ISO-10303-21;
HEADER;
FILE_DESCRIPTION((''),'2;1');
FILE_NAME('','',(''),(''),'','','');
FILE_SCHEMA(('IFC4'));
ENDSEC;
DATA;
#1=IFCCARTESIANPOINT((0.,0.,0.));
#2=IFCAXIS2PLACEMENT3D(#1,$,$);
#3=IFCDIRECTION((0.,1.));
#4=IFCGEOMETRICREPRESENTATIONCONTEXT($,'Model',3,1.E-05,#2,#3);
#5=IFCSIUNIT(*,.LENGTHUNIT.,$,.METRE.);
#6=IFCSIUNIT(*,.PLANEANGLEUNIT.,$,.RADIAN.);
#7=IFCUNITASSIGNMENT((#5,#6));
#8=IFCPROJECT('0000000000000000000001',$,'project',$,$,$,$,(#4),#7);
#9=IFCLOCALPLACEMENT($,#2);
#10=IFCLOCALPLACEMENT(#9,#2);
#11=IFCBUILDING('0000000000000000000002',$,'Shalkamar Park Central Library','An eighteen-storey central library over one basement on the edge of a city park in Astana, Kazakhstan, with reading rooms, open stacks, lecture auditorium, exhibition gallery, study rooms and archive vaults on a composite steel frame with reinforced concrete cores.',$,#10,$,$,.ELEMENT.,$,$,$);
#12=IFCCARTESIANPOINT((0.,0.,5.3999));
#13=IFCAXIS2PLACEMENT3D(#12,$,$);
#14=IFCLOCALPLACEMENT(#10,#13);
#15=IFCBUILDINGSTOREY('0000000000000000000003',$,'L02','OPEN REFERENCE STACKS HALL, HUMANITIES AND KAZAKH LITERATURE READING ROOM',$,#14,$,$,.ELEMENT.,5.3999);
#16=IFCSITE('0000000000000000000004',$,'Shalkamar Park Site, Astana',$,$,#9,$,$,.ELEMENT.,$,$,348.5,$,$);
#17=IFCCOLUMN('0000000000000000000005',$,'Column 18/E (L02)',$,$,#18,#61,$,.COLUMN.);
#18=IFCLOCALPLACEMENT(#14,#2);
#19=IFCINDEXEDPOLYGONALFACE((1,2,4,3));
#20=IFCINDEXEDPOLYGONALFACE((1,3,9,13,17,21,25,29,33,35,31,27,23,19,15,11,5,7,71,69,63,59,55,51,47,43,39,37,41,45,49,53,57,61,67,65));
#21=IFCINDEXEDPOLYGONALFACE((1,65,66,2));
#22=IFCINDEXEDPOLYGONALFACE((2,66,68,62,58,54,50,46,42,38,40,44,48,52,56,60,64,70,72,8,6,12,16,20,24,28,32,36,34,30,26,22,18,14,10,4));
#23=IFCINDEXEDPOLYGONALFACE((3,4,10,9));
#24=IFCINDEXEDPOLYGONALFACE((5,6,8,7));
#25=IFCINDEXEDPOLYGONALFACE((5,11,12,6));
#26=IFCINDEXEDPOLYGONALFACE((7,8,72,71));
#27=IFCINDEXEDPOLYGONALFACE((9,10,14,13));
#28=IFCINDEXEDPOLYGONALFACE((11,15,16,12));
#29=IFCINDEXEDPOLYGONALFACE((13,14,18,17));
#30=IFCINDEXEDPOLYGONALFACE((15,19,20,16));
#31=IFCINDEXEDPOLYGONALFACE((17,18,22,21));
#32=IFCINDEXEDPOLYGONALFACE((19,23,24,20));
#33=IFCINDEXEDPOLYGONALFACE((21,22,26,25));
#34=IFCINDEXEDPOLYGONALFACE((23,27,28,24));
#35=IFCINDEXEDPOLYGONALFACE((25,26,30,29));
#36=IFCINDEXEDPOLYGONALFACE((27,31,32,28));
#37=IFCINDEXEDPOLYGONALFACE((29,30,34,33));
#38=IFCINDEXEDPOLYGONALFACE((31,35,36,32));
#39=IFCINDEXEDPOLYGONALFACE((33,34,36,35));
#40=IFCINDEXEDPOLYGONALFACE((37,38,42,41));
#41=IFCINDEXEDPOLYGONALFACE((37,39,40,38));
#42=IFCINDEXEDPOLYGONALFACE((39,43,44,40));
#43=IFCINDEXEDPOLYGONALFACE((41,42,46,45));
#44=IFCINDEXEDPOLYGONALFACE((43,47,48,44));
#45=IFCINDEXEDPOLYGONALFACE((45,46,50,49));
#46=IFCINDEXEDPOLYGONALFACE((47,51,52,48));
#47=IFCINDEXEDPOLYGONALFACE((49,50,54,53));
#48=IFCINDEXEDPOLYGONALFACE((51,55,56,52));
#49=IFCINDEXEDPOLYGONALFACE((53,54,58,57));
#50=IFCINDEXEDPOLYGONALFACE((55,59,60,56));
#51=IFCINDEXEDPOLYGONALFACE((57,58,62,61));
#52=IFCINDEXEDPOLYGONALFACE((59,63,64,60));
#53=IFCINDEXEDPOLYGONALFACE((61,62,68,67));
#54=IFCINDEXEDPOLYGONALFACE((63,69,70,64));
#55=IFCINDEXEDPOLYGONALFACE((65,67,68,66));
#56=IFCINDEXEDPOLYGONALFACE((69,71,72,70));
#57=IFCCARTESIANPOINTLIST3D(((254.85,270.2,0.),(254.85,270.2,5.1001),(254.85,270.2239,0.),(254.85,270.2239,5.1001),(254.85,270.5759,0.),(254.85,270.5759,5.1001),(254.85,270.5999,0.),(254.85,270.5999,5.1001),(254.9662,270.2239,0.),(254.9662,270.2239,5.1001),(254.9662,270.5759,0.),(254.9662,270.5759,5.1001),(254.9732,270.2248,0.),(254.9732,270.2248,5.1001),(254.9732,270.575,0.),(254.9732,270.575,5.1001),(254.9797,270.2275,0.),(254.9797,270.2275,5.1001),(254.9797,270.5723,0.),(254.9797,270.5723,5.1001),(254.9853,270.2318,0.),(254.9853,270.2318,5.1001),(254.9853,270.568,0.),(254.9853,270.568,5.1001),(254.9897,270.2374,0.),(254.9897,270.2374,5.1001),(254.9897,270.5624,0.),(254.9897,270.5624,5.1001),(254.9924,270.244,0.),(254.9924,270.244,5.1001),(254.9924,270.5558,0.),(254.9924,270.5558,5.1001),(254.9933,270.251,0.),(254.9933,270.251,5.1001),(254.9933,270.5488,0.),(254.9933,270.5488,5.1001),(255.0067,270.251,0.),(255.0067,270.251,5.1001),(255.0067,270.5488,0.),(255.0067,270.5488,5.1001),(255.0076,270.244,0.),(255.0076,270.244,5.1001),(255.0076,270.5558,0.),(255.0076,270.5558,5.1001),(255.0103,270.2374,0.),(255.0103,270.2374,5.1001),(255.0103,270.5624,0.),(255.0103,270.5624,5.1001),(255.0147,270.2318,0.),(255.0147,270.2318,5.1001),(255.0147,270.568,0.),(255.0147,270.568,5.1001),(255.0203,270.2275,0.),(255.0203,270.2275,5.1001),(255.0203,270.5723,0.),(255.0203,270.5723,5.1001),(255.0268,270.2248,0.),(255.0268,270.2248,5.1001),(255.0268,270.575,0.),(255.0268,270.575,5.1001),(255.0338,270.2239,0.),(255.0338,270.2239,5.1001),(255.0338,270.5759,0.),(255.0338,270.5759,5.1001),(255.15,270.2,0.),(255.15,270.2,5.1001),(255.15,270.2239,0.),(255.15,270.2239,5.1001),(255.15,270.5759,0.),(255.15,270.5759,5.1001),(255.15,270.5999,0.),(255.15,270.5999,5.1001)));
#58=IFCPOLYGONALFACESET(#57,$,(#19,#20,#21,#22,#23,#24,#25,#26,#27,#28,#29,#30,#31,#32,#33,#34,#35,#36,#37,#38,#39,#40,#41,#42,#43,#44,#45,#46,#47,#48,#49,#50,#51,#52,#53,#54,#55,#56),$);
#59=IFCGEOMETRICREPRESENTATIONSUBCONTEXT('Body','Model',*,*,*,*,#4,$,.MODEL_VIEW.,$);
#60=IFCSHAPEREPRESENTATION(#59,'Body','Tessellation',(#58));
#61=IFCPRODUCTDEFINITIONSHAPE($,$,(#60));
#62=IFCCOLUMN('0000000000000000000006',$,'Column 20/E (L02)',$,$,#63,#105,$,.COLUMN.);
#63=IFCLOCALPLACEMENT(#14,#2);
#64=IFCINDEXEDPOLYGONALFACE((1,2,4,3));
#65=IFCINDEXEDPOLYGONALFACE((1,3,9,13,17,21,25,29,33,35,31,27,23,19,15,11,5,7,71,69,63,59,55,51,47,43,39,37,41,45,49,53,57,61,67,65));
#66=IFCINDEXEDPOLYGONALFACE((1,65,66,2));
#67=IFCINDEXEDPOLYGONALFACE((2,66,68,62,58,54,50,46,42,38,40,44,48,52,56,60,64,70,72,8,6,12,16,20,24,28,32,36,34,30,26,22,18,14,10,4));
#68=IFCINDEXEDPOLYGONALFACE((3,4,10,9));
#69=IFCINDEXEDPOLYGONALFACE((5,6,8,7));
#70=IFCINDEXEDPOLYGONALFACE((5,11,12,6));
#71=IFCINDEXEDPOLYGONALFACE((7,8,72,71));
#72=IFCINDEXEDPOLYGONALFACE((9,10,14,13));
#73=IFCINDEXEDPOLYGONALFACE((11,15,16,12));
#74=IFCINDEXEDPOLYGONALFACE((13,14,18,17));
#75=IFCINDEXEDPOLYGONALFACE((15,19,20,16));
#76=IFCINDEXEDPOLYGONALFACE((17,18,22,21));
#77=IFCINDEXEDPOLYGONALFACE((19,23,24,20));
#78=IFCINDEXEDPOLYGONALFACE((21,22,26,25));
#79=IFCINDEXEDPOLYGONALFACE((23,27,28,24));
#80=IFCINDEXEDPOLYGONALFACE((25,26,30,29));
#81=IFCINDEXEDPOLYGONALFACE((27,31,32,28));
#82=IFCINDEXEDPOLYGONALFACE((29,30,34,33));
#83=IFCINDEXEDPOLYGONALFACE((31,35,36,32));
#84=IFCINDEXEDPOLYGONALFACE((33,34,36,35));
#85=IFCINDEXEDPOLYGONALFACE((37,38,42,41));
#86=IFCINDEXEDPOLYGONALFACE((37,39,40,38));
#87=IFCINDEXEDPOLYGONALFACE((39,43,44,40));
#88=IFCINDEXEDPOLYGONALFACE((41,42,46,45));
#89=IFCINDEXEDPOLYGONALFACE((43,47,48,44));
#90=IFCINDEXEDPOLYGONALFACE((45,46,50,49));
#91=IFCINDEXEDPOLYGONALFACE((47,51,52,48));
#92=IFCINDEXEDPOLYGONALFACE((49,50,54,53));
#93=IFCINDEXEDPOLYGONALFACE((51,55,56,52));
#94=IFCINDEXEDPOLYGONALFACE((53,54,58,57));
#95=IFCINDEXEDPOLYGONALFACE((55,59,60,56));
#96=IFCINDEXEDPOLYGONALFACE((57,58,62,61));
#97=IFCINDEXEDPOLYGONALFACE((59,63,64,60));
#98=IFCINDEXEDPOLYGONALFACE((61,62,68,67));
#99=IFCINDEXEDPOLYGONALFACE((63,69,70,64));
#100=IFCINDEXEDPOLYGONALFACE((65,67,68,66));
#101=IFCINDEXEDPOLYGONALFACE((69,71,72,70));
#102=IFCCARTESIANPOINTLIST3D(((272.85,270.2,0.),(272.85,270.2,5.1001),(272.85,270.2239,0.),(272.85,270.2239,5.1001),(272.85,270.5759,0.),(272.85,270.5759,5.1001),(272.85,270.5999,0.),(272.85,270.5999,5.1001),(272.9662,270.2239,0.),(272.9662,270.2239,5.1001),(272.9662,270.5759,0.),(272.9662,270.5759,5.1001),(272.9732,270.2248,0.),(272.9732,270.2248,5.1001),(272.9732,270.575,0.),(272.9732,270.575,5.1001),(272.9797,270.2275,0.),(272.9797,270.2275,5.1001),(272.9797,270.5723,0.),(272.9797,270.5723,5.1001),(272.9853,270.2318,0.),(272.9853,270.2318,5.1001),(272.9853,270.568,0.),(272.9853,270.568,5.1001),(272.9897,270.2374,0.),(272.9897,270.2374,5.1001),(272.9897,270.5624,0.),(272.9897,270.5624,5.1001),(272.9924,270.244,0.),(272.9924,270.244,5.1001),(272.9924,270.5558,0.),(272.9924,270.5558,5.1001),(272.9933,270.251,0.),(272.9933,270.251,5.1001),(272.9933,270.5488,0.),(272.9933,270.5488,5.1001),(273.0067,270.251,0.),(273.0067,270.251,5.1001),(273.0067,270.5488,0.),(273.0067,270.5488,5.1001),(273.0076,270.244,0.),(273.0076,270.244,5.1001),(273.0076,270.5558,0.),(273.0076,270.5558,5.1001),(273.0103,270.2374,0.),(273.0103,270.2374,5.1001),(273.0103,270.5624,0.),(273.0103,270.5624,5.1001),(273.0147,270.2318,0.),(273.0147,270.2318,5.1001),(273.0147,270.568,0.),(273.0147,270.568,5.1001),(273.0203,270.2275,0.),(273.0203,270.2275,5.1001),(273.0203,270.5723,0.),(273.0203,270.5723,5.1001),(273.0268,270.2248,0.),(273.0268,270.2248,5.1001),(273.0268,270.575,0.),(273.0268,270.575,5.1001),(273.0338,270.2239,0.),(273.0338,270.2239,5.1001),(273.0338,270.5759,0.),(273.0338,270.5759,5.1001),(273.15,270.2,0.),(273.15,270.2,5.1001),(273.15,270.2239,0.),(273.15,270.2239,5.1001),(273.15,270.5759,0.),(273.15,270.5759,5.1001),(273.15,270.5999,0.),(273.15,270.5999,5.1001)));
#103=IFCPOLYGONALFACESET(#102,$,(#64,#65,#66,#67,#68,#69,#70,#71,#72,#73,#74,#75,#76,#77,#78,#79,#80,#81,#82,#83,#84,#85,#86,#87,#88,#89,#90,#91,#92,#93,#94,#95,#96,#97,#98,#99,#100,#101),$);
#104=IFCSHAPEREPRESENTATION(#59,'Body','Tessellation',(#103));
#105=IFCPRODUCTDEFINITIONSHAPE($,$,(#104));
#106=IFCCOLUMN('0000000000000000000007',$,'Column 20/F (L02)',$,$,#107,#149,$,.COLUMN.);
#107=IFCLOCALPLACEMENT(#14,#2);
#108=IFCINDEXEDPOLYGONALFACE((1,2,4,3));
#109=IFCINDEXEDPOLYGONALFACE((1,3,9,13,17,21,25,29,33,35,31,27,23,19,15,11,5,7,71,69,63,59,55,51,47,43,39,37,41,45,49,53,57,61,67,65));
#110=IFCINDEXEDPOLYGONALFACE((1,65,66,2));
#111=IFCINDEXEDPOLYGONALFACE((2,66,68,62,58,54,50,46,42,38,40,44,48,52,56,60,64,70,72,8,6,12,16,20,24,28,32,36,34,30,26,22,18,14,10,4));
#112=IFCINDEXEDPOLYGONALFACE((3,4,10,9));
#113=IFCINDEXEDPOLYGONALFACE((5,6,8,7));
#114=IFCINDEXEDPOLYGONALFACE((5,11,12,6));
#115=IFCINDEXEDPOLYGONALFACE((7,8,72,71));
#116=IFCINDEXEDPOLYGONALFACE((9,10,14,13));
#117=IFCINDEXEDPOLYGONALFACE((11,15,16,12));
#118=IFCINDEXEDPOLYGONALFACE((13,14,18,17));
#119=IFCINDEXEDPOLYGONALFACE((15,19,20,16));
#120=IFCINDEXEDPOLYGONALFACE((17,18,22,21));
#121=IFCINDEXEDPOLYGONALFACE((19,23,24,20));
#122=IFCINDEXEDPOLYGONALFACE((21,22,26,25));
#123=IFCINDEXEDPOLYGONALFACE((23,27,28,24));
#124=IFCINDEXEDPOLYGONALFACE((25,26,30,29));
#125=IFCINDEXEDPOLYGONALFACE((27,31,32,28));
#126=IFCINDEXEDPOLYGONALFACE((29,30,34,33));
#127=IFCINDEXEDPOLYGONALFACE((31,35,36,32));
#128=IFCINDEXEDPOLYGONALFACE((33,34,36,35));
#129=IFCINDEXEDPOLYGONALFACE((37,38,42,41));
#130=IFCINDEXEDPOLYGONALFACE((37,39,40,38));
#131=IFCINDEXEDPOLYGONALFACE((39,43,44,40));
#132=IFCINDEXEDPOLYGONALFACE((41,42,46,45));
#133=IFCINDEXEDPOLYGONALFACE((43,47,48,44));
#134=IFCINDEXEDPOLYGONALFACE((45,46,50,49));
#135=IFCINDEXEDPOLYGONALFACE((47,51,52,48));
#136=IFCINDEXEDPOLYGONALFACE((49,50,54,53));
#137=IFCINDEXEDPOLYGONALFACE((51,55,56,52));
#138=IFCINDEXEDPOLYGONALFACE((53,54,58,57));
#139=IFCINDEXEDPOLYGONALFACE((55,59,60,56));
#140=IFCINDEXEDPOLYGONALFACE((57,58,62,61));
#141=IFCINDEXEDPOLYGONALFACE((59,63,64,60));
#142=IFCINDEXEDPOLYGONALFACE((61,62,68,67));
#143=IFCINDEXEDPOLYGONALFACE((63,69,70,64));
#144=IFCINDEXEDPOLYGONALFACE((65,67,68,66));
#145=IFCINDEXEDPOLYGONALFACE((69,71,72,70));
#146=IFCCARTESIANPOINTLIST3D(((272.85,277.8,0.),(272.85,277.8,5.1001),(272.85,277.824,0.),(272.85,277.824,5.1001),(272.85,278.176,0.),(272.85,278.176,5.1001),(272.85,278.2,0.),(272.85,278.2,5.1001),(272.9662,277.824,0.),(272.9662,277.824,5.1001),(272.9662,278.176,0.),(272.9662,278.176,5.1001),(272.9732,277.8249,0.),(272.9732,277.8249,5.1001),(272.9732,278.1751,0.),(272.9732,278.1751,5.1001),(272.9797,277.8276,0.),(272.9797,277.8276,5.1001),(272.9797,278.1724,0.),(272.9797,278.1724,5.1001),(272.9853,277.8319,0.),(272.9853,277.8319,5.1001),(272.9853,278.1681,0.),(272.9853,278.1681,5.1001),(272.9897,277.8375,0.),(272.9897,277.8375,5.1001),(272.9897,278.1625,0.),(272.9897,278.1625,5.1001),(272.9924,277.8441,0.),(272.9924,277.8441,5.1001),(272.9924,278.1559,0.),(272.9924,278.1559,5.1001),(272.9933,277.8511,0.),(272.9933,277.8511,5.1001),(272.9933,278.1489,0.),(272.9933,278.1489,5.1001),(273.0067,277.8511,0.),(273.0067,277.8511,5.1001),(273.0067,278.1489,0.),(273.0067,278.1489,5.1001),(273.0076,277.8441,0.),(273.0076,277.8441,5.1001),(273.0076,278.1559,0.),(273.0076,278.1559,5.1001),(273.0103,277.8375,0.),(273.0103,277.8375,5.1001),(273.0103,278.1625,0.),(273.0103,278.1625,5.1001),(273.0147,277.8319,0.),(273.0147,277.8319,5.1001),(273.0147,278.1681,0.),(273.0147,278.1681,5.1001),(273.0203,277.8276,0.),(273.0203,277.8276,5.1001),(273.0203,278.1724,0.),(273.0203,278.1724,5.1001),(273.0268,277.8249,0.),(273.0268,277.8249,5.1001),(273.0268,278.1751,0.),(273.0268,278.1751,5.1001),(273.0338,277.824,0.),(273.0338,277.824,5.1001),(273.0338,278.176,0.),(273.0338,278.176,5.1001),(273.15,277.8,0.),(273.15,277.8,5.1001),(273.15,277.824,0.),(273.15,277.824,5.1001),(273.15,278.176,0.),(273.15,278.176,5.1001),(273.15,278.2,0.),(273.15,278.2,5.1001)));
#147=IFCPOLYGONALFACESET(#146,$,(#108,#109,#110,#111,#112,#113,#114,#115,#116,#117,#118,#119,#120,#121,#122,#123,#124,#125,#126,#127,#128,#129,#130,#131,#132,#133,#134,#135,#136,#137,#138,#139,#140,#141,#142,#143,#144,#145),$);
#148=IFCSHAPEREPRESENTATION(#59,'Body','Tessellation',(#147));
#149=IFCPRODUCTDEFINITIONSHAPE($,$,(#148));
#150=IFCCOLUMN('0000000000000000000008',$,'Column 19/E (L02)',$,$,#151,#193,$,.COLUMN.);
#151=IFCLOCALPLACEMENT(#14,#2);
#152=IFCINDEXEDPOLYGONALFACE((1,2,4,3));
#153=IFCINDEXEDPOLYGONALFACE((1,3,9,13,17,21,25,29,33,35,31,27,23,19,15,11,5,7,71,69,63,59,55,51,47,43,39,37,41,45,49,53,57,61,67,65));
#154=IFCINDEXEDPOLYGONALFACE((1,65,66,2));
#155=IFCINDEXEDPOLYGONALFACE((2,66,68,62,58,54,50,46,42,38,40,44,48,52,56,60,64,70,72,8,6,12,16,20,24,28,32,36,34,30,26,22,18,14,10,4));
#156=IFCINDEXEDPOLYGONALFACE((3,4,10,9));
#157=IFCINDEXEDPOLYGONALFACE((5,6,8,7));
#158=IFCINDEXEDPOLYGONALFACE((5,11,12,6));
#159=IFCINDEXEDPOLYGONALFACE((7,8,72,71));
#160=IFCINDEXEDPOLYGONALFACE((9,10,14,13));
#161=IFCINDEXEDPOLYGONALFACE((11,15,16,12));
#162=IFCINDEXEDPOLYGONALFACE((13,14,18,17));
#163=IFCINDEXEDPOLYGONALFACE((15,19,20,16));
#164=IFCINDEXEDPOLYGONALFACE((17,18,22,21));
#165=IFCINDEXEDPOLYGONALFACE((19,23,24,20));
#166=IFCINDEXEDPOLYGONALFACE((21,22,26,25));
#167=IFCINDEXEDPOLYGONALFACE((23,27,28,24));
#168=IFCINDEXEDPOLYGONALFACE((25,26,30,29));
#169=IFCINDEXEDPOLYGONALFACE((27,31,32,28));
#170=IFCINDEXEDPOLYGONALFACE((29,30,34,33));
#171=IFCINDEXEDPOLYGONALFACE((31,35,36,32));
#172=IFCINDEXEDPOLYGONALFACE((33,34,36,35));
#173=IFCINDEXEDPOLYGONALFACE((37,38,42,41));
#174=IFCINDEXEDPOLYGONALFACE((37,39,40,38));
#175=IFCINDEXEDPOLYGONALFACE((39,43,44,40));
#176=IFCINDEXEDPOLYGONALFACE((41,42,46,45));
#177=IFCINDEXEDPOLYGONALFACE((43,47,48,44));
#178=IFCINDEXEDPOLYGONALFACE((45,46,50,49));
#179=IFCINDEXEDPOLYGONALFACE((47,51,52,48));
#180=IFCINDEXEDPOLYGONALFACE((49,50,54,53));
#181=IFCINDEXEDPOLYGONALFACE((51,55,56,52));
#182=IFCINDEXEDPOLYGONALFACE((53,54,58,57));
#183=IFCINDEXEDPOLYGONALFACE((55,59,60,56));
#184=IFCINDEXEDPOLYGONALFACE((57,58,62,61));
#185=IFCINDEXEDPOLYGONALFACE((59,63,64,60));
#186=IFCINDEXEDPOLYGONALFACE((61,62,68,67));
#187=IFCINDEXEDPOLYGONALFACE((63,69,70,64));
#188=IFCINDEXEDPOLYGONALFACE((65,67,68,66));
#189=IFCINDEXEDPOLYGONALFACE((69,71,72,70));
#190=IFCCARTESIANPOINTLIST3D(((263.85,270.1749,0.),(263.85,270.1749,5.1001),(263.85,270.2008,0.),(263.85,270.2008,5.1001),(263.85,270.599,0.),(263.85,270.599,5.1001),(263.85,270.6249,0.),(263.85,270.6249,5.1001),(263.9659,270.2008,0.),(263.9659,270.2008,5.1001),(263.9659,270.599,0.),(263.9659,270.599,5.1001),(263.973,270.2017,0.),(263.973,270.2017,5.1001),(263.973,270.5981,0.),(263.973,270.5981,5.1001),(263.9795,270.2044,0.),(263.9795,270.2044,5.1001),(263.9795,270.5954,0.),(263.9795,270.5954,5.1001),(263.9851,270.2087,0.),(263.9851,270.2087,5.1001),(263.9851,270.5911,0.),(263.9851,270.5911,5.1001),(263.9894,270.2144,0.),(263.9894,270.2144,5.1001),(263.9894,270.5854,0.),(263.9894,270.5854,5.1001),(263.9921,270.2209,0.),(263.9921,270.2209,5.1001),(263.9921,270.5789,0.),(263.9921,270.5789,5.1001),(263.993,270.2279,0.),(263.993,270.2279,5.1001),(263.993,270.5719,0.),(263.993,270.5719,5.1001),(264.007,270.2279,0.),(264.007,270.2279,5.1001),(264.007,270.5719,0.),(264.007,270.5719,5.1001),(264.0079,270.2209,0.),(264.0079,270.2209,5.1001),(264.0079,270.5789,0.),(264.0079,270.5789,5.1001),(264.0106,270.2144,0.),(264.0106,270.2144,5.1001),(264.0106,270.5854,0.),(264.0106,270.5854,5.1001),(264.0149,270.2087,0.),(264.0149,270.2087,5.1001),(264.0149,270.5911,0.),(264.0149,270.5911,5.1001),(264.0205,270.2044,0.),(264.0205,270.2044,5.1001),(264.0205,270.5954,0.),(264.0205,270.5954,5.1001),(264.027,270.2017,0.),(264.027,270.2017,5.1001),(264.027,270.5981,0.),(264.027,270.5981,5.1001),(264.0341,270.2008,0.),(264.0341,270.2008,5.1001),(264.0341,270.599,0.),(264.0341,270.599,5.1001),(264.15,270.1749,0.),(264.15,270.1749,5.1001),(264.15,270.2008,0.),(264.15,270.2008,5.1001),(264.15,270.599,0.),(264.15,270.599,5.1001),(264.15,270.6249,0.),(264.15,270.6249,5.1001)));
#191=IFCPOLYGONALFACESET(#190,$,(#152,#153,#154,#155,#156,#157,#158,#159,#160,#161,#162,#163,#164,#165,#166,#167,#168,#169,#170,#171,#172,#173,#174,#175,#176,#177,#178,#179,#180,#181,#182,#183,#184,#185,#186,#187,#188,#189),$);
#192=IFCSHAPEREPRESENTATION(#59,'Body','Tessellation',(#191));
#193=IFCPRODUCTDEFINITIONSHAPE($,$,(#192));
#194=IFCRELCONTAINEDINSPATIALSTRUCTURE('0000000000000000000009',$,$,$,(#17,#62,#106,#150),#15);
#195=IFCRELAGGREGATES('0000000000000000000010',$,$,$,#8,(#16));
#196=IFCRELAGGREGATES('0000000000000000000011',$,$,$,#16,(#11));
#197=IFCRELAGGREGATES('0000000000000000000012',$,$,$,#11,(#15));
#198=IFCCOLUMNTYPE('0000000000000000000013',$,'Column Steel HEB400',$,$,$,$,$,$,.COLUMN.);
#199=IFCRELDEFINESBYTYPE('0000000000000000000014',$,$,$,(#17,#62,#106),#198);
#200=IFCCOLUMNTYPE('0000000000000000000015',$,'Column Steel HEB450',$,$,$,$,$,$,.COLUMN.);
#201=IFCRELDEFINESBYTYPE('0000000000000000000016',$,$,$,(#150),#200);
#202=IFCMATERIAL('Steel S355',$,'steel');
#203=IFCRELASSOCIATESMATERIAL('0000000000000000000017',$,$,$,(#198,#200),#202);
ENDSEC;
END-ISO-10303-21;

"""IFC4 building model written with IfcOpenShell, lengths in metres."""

from ifc_helpers import new_model, si_unit, direction, frame, origin, origin_2d, place, context, subcontext, project, spatial, i_section, extrude, material, material_profile, profile_set, type_object, element, save


model = new_model("IFC4")

# Units and contexts
model_context = context("Model", 3, precision=1e-05, world=origin(), true_north=direction((0.0, 1.0)))
body_context = subcontext(model_context, "Body", "Model", "MODEL_VIEW")
ifc_project = project(units=[si_unit("LENGTHUNIT", "METRE"), si_unit("PLANEANGLEUNIT", "RADIAN")], contexts=[model_context])

# Site, building, storey
site_placement = place(None, origin())
site = spatial("IfcSite", under=ifc_project, at=site_placement, Name="Shalkamar Park Site, Astana", CompositionType="ELEMENT", RefElevation=348.5)
building_placement = place(site_placement, origin())
building = spatial("IfcBuilding", under=site, at=building_placement, Name="Shalkamar Park Central Library", Description="An eighteen-storey central library over one basement on the edge of a city park in Astana, Kazakhstan, with reading rooms, open stacks, lecture auditorium, exhibition gallery, study rooms and archive vaults on a composite steel frame with reinforced concrete cores.", CompositionType="ELEMENT")
storey_placement = place(building_placement, frame((0.0, 0.0, 5.3999)))
storey = spatial("IfcBuildingStorey", under=building, at=storey_placement, Name="L02", Description="OPEN REFERENCE STACKS HALL, HUMANITIES AND KAZAKH LITERATURE READING ROOM", CompositionType="ELEMENT", Elevation=5.3999)

# Columns
ifc_material_1 = material(Name="Steel S355", Category="steel")
ifc_material_profile_1 = material_profile(ifc_material_1, i_section(OverallWidth=0.3, OverallDepth=0.3999, WebThickness=0.0134, FlangeThickness=0.0239, FilletRadius=0.0271, at=origin_2d()), Name="HEB 400")
ifc_profile_set_1 = profile_set([ifc_material_profile_1], Name="Steel S355")
column_type_1 = type_object("IfcColumnType", Name="Column Steel HEB400", PredefinedType="COLUMN", material=ifc_profile_set_1)
for number, where, z_axis, x_axis, name in (
    (1, (255.0, 270.3999, 0.0), (0.0, 0.0, 1.0), (1.0, 0.0, 0.0), "Column 18/E (L02)"),
    (2, (273.0, 270.3999, 0.0), (0.0, 0.0, 1.0), (1.0, 0.0, 0.0), "Column 20/E (L02)"),
    (3, (273.0, 278.0, 0.0), (0.0, 0.0, 1.0), (1.0, 0.0, 0.0), "Column 20/F (L02)"),
):
    element("IfcColumn", number, at=place(storey_placement, frame(where, z_axis=z_axis, x_axis=x_axis)), inside=storey, type_object=column_type_1, Name=name, PredefinedType="COLUMN", context=body_context, shape_type="SweptSolid", body=[
        extrude(i_section(OverallWidth=0.3, OverallDepth=0.3999, WebThickness=0.0134, FlangeThickness=0.0239, FilletRadius=0.0271, at=origin_2d()), origin(), (0.0, 0.0, 1.0), 5.1001),
    ])
ifc_material_profile_2 = material_profile(ifc_material_1, i_section(OverallWidth=0.3, OverallDepth=0.45, WebThickness=0.0139, FlangeThickness=0.0259, FilletRadius=0.0271, at=origin_2d()), Name="HEB 450")
ifc_profile_set_2 = profile_set([ifc_material_profile_2], Name="Steel S355")
column_type_2 = type_object("IfcColumnType", Name="Column Steel HEB450", PredefinedType="COLUMN", material=ifc_profile_set_2)
for number, where, z_axis, x_axis, name in (
    (4, (264.0, 270.3999, 0.0), (0.0, 0.0, 1.0), (1.0, 0.0, 0.0), "Column 19/E (L02)"),
):
    element("IfcColumn", number, at=place(storey_placement, frame(where, z_axis=z_axis, x_axis=x_axis)), inside=storey, type_object=column_type_2, Name=name, PredefinedType="COLUMN", context=body_context, shape_type="SweptSolid", body=[
        extrude(i_section(OverallWidth=0.3, OverallDepth=0.45, WebThickness=0.0139, FlangeThickness=0.0259, FilletRadius=0.0271, at=origin_2d()), origin(), (0.0, 0.0, 1.0), 5.1001),
    ])

save(model, "model.ifc")
